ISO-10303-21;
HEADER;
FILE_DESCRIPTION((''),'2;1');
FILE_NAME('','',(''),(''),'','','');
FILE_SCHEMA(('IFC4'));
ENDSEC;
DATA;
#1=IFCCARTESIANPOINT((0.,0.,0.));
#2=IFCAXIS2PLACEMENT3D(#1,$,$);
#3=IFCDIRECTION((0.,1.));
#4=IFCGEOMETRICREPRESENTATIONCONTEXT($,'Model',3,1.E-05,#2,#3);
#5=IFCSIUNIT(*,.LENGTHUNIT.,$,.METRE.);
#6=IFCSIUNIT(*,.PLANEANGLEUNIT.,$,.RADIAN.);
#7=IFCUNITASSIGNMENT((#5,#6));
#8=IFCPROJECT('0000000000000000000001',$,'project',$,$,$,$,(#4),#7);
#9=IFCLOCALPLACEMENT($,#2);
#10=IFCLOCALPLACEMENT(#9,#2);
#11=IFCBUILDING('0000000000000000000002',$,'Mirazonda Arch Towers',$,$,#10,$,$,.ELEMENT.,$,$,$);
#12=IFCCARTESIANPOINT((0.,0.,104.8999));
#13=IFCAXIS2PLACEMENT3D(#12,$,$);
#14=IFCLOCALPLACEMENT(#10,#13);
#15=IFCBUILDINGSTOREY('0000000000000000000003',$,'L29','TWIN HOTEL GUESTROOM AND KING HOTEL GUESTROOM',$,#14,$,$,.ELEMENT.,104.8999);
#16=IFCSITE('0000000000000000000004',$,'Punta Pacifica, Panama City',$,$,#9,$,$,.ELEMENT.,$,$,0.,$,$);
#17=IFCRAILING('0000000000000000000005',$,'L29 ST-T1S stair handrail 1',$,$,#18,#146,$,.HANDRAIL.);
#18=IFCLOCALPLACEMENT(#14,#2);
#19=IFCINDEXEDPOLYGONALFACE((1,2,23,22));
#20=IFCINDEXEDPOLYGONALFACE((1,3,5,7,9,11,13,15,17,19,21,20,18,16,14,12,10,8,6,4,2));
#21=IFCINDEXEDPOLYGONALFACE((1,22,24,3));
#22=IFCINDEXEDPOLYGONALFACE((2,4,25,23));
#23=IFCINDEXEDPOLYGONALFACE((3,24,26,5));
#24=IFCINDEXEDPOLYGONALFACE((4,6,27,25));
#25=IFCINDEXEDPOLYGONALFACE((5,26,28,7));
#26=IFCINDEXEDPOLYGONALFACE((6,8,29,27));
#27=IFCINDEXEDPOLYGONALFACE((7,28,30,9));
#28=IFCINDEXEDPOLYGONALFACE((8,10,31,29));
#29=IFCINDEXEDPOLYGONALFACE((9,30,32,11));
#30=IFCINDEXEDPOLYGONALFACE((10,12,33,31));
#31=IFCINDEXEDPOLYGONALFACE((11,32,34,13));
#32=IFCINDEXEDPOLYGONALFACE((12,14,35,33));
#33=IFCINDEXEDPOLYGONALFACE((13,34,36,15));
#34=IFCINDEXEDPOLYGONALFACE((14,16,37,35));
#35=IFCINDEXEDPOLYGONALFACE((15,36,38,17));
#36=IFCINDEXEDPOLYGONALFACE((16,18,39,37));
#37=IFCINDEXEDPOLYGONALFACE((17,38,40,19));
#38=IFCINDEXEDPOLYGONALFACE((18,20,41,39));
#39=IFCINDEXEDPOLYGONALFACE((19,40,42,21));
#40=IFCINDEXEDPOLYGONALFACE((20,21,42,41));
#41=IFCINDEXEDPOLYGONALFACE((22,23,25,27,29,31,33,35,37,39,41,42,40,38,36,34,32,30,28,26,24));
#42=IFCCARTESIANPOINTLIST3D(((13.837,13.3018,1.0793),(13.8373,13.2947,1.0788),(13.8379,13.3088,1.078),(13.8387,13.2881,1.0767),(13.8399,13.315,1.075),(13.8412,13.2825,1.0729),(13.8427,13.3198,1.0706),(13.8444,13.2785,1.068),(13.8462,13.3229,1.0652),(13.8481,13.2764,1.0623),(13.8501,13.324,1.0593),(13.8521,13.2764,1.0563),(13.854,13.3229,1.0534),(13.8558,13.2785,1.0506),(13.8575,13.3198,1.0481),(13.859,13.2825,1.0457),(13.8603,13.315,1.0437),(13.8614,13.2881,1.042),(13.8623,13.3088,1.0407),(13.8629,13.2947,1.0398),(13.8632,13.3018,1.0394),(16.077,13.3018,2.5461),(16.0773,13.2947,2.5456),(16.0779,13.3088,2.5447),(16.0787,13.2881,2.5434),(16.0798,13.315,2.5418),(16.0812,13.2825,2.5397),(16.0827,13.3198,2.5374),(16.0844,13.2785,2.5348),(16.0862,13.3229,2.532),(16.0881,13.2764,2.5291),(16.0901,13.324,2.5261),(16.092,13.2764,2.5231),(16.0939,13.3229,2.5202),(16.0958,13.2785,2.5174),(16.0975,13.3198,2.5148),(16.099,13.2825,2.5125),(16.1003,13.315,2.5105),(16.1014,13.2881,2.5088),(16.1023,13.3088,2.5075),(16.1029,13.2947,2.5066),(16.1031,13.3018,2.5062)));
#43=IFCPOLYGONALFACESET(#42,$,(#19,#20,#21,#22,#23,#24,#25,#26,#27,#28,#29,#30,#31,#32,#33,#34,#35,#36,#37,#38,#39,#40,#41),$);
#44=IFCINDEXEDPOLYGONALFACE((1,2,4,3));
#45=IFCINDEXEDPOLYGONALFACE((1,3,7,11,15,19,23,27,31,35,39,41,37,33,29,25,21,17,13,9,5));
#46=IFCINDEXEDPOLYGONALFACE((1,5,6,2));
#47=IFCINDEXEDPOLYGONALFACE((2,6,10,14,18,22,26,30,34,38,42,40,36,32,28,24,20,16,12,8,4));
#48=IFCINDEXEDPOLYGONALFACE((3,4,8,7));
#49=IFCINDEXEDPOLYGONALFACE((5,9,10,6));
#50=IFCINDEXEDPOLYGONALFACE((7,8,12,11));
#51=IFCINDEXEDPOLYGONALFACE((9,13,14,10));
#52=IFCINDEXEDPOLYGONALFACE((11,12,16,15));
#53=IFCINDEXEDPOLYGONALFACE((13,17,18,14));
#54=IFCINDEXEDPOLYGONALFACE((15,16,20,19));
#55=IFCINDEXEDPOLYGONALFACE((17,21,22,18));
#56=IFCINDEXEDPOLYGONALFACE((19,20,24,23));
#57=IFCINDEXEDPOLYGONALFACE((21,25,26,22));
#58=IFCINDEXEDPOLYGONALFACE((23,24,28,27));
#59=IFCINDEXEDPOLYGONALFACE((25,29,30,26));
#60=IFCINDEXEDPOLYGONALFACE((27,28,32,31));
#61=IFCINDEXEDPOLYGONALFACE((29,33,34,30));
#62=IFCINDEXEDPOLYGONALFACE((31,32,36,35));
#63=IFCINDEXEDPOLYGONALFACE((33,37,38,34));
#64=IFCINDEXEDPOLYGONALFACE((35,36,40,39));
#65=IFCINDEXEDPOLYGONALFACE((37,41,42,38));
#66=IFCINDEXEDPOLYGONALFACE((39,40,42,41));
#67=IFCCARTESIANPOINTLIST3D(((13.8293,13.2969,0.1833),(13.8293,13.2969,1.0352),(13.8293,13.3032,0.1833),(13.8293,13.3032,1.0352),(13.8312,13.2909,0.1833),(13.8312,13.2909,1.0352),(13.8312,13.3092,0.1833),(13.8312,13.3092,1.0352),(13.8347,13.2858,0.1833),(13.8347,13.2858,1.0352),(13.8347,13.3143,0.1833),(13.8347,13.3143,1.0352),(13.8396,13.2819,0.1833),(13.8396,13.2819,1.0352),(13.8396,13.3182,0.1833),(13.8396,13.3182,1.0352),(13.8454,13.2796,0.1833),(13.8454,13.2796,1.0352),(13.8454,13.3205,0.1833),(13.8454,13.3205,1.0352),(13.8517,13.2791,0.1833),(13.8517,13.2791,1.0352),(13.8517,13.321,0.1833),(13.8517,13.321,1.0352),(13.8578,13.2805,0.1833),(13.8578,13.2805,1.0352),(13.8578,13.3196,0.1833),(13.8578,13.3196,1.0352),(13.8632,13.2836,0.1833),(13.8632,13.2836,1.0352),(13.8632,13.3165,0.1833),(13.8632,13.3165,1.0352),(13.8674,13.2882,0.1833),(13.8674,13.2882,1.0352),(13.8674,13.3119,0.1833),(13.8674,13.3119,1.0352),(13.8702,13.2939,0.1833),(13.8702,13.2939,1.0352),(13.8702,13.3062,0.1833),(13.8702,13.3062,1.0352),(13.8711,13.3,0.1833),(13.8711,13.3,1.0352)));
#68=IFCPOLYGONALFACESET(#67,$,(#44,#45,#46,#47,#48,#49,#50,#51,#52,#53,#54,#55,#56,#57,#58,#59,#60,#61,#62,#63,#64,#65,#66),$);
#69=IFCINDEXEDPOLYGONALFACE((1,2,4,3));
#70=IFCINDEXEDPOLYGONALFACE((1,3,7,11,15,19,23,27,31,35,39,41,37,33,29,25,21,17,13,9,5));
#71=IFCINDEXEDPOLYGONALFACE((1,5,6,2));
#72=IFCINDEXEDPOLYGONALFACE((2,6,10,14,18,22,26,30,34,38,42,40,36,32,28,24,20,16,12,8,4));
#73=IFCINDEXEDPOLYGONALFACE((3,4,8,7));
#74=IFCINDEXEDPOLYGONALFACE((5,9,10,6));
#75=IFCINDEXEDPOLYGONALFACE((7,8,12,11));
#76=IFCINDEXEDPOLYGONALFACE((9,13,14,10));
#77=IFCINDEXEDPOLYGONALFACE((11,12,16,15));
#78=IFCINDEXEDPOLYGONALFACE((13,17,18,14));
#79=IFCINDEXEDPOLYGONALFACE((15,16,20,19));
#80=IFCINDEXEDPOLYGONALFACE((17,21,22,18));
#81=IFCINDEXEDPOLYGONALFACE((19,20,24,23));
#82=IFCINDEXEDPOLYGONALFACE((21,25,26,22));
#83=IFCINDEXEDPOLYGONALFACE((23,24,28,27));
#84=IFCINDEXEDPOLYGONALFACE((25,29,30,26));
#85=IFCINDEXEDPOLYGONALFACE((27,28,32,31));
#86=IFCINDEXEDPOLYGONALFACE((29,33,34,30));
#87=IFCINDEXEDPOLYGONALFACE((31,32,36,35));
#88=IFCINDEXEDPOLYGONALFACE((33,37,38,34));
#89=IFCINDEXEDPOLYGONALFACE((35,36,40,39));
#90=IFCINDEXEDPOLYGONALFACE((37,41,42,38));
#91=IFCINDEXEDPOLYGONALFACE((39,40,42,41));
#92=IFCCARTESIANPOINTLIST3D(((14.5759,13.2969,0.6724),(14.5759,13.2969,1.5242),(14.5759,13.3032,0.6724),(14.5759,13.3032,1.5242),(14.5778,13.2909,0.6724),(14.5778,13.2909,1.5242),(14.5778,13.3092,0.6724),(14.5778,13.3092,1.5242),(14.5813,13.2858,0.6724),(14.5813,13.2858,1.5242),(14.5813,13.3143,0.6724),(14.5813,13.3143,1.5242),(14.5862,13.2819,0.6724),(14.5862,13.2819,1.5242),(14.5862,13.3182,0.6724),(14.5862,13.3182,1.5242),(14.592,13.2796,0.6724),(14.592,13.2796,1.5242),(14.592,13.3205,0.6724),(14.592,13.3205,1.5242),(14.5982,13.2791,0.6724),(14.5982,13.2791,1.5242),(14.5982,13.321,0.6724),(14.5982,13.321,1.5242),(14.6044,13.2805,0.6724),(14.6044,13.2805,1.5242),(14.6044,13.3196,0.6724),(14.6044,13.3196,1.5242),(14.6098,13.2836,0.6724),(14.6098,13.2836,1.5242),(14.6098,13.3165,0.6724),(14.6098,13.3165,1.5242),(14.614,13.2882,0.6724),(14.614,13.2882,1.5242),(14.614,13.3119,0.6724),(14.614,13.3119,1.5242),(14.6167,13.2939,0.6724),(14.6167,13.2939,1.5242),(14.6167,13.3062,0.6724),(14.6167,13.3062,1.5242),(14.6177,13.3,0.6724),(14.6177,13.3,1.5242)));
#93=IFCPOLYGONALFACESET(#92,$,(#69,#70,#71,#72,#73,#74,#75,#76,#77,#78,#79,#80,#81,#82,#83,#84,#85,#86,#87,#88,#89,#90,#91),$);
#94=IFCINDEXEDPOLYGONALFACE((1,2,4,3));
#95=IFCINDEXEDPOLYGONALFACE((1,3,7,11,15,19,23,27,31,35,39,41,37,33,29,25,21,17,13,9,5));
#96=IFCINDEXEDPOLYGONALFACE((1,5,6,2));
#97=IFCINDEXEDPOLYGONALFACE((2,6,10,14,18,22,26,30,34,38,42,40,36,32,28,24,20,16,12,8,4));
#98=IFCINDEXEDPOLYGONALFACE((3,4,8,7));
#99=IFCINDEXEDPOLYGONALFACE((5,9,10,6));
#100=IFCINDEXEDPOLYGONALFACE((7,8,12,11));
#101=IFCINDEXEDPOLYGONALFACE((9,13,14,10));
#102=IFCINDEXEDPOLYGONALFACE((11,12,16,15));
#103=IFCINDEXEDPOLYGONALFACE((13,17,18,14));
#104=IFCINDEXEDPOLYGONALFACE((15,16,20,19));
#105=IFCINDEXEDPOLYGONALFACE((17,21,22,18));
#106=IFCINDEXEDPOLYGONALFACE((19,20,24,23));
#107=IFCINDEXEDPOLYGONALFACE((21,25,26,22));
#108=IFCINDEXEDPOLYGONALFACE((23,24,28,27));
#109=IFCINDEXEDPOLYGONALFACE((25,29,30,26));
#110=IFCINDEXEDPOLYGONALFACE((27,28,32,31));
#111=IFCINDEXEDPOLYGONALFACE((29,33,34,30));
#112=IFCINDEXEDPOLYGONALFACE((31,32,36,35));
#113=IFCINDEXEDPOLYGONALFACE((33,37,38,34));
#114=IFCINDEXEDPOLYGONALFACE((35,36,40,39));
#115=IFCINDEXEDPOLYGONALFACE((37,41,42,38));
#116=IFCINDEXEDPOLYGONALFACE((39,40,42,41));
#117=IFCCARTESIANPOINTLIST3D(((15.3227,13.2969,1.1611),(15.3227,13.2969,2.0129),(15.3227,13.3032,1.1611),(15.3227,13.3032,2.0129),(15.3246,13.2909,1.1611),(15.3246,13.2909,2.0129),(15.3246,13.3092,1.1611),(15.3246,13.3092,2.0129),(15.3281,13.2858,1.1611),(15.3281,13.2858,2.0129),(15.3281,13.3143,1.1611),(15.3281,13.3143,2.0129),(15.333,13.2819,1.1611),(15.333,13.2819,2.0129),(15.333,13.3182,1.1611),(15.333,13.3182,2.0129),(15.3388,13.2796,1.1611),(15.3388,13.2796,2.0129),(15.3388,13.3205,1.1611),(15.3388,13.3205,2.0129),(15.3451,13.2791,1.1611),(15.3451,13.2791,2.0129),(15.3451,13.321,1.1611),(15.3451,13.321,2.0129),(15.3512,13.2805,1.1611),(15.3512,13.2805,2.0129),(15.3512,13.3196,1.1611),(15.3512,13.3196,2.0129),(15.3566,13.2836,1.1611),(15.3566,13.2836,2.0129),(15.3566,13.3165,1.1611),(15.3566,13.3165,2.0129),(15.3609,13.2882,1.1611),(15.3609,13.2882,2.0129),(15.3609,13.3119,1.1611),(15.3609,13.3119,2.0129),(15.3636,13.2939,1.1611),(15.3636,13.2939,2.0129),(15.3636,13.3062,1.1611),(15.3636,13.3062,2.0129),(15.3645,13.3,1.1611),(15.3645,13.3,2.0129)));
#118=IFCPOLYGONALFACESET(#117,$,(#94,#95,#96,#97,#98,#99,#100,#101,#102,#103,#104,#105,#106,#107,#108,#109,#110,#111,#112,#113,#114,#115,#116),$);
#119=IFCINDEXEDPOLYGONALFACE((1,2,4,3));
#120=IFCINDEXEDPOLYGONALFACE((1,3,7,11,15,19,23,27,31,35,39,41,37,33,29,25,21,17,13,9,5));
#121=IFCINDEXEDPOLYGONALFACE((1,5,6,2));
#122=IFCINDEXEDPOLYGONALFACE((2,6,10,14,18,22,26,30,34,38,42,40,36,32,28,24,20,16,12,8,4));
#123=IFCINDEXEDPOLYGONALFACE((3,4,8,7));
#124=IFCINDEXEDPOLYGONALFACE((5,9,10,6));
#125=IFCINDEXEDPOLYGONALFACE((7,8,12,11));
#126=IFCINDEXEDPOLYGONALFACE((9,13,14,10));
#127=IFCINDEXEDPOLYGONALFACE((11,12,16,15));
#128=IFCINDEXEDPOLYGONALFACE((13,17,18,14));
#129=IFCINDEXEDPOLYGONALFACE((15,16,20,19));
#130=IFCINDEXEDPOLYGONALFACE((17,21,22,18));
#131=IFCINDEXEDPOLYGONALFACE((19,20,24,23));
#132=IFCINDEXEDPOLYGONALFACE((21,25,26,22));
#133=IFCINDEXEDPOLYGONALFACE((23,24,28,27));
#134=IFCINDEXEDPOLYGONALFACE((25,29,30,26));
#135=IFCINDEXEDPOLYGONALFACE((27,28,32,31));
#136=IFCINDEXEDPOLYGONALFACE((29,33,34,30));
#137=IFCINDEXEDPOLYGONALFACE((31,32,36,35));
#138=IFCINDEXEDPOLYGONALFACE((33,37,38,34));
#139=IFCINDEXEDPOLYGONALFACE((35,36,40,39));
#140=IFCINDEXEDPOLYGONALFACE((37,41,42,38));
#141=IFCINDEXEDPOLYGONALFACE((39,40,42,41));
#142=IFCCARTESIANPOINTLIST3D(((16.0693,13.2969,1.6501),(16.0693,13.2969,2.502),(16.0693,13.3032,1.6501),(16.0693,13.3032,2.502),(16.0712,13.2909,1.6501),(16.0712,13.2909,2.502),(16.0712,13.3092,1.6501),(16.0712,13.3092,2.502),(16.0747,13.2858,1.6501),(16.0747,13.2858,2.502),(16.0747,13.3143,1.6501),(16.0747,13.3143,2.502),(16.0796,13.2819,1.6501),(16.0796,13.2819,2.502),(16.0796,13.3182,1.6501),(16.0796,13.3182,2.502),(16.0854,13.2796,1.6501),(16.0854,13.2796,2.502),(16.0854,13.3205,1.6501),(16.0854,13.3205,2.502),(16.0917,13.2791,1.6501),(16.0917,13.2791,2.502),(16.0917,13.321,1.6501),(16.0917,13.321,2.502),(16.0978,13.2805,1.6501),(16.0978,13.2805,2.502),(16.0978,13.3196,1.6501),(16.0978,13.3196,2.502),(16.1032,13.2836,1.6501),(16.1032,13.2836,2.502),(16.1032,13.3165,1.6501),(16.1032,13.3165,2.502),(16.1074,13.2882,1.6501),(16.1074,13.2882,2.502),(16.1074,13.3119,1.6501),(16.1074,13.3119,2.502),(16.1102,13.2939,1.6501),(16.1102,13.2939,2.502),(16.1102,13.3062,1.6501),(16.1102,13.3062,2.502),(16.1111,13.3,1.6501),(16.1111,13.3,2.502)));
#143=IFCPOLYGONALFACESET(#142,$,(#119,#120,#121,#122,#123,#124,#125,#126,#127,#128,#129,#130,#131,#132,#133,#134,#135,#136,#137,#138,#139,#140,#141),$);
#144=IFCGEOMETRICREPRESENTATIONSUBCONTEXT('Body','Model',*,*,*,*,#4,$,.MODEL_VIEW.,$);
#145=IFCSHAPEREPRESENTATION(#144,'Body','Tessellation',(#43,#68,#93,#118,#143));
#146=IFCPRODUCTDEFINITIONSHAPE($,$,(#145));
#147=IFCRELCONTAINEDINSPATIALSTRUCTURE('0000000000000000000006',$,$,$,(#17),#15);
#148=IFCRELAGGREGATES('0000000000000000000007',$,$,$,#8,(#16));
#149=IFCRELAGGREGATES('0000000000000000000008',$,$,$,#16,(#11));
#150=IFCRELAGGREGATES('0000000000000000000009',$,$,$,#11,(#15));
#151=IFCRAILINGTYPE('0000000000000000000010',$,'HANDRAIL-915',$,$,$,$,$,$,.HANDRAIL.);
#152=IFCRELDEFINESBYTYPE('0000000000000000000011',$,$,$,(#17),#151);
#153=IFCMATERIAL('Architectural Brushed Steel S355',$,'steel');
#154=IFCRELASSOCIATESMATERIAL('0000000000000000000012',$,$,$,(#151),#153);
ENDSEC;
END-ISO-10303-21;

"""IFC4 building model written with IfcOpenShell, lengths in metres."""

from ifc_helpers import new_model, si_unit, direction, frame, origin, origin_2d, place, context, subcontext, project, spatial, circle, extrude, material, type_object, element, save


model = new_model("IFC4")

# Units and contexts
model_context = context("Model", 3, precision=1e-05, world=origin(), true_north=direction((0.0, 1.0)))
body_context = subcontext(model_context, "Body", "Model", "MODEL_VIEW")
ifc_project = project(units=[si_unit("LENGTHUNIT", "METRE"), si_unit("PLANEANGLEUNIT", "RADIAN")], contexts=[model_context])

# Site, building, storey
site_placement = place(None, origin())
site = spatial("IfcSite", under=ifc_project, at=site_placement, Name="Punta Pacifica, Panama City", CompositionType="ELEMENT", RefElevation=0.0)
building_placement = place(site_placement, origin())
building = spatial("IfcBuilding", under=site, at=building_placement, Name="Mirazonda Arch Towers", CompositionType="ELEMENT")
storey_placement = place(building_placement, frame((0.0, 0.0, 104.8999)))
storey = spatial("IfcBuildingStorey", under=building, at=storey_placement, Name="L29", Description="TWIN HOTEL GUESTROOM AND KING HOTEL GUESTROOM", CompositionType="ELEMENT", Elevation=104.8999)

# Shared definitions
ifc_material_1 = material(Name="Architectural Brushed Steel S355", Category="steel")

# Railing
railing_type_1 = type_object("IfcRailingType", Name="HANDRAIL-915", PredefinedType="HANDRAIL", material=ifc_material_1)
railing_1_placement = place(storey_placement, frame((13.8501, 13.3, 0.1833)))
element("IfcRailing", 1, at=railing_1_placement, inside=storey, type_object=railing_type_1, Name="L29 ST-T1S stair handrail 1", PredefinedType="HANDRAIL", context=body_context, shape_type="SweptSolid", body=[
    extrude(circle(Radius=0.0239, at=origin_2d()), frame((0.0, 0.0, 0.876), z_axis=(0.836595, 0.0, 0.547822), x_axis=(0.0, 1.0, 0.0)), (0.0, 0.0, 1.0), 2.6775),
    extrude(circle(Radius=0.021, at=origin_2d()), origin(), (0.0, 0.0, 1.0), 0.8518),
    extrude(circle(Radius=0.021, at=origin_2d()), frame((0.7466, 0.0, 0.489)), (0.0, 0.0, 1.0), 0.8518),
    extrude(circle(Radius=0.021, at=origin_2d()), frame((1.4934, 0.0, 0.9778)), (0.0, 0.0, 1.0), 0.8518),
    extrude(circle(Radius=0.021, at=origin_2d()), frame((2.24, 0.0, 1.4668)), (0.0, 0.0, 1.0), 0.8518),
])

save(model, "model.ifc")
